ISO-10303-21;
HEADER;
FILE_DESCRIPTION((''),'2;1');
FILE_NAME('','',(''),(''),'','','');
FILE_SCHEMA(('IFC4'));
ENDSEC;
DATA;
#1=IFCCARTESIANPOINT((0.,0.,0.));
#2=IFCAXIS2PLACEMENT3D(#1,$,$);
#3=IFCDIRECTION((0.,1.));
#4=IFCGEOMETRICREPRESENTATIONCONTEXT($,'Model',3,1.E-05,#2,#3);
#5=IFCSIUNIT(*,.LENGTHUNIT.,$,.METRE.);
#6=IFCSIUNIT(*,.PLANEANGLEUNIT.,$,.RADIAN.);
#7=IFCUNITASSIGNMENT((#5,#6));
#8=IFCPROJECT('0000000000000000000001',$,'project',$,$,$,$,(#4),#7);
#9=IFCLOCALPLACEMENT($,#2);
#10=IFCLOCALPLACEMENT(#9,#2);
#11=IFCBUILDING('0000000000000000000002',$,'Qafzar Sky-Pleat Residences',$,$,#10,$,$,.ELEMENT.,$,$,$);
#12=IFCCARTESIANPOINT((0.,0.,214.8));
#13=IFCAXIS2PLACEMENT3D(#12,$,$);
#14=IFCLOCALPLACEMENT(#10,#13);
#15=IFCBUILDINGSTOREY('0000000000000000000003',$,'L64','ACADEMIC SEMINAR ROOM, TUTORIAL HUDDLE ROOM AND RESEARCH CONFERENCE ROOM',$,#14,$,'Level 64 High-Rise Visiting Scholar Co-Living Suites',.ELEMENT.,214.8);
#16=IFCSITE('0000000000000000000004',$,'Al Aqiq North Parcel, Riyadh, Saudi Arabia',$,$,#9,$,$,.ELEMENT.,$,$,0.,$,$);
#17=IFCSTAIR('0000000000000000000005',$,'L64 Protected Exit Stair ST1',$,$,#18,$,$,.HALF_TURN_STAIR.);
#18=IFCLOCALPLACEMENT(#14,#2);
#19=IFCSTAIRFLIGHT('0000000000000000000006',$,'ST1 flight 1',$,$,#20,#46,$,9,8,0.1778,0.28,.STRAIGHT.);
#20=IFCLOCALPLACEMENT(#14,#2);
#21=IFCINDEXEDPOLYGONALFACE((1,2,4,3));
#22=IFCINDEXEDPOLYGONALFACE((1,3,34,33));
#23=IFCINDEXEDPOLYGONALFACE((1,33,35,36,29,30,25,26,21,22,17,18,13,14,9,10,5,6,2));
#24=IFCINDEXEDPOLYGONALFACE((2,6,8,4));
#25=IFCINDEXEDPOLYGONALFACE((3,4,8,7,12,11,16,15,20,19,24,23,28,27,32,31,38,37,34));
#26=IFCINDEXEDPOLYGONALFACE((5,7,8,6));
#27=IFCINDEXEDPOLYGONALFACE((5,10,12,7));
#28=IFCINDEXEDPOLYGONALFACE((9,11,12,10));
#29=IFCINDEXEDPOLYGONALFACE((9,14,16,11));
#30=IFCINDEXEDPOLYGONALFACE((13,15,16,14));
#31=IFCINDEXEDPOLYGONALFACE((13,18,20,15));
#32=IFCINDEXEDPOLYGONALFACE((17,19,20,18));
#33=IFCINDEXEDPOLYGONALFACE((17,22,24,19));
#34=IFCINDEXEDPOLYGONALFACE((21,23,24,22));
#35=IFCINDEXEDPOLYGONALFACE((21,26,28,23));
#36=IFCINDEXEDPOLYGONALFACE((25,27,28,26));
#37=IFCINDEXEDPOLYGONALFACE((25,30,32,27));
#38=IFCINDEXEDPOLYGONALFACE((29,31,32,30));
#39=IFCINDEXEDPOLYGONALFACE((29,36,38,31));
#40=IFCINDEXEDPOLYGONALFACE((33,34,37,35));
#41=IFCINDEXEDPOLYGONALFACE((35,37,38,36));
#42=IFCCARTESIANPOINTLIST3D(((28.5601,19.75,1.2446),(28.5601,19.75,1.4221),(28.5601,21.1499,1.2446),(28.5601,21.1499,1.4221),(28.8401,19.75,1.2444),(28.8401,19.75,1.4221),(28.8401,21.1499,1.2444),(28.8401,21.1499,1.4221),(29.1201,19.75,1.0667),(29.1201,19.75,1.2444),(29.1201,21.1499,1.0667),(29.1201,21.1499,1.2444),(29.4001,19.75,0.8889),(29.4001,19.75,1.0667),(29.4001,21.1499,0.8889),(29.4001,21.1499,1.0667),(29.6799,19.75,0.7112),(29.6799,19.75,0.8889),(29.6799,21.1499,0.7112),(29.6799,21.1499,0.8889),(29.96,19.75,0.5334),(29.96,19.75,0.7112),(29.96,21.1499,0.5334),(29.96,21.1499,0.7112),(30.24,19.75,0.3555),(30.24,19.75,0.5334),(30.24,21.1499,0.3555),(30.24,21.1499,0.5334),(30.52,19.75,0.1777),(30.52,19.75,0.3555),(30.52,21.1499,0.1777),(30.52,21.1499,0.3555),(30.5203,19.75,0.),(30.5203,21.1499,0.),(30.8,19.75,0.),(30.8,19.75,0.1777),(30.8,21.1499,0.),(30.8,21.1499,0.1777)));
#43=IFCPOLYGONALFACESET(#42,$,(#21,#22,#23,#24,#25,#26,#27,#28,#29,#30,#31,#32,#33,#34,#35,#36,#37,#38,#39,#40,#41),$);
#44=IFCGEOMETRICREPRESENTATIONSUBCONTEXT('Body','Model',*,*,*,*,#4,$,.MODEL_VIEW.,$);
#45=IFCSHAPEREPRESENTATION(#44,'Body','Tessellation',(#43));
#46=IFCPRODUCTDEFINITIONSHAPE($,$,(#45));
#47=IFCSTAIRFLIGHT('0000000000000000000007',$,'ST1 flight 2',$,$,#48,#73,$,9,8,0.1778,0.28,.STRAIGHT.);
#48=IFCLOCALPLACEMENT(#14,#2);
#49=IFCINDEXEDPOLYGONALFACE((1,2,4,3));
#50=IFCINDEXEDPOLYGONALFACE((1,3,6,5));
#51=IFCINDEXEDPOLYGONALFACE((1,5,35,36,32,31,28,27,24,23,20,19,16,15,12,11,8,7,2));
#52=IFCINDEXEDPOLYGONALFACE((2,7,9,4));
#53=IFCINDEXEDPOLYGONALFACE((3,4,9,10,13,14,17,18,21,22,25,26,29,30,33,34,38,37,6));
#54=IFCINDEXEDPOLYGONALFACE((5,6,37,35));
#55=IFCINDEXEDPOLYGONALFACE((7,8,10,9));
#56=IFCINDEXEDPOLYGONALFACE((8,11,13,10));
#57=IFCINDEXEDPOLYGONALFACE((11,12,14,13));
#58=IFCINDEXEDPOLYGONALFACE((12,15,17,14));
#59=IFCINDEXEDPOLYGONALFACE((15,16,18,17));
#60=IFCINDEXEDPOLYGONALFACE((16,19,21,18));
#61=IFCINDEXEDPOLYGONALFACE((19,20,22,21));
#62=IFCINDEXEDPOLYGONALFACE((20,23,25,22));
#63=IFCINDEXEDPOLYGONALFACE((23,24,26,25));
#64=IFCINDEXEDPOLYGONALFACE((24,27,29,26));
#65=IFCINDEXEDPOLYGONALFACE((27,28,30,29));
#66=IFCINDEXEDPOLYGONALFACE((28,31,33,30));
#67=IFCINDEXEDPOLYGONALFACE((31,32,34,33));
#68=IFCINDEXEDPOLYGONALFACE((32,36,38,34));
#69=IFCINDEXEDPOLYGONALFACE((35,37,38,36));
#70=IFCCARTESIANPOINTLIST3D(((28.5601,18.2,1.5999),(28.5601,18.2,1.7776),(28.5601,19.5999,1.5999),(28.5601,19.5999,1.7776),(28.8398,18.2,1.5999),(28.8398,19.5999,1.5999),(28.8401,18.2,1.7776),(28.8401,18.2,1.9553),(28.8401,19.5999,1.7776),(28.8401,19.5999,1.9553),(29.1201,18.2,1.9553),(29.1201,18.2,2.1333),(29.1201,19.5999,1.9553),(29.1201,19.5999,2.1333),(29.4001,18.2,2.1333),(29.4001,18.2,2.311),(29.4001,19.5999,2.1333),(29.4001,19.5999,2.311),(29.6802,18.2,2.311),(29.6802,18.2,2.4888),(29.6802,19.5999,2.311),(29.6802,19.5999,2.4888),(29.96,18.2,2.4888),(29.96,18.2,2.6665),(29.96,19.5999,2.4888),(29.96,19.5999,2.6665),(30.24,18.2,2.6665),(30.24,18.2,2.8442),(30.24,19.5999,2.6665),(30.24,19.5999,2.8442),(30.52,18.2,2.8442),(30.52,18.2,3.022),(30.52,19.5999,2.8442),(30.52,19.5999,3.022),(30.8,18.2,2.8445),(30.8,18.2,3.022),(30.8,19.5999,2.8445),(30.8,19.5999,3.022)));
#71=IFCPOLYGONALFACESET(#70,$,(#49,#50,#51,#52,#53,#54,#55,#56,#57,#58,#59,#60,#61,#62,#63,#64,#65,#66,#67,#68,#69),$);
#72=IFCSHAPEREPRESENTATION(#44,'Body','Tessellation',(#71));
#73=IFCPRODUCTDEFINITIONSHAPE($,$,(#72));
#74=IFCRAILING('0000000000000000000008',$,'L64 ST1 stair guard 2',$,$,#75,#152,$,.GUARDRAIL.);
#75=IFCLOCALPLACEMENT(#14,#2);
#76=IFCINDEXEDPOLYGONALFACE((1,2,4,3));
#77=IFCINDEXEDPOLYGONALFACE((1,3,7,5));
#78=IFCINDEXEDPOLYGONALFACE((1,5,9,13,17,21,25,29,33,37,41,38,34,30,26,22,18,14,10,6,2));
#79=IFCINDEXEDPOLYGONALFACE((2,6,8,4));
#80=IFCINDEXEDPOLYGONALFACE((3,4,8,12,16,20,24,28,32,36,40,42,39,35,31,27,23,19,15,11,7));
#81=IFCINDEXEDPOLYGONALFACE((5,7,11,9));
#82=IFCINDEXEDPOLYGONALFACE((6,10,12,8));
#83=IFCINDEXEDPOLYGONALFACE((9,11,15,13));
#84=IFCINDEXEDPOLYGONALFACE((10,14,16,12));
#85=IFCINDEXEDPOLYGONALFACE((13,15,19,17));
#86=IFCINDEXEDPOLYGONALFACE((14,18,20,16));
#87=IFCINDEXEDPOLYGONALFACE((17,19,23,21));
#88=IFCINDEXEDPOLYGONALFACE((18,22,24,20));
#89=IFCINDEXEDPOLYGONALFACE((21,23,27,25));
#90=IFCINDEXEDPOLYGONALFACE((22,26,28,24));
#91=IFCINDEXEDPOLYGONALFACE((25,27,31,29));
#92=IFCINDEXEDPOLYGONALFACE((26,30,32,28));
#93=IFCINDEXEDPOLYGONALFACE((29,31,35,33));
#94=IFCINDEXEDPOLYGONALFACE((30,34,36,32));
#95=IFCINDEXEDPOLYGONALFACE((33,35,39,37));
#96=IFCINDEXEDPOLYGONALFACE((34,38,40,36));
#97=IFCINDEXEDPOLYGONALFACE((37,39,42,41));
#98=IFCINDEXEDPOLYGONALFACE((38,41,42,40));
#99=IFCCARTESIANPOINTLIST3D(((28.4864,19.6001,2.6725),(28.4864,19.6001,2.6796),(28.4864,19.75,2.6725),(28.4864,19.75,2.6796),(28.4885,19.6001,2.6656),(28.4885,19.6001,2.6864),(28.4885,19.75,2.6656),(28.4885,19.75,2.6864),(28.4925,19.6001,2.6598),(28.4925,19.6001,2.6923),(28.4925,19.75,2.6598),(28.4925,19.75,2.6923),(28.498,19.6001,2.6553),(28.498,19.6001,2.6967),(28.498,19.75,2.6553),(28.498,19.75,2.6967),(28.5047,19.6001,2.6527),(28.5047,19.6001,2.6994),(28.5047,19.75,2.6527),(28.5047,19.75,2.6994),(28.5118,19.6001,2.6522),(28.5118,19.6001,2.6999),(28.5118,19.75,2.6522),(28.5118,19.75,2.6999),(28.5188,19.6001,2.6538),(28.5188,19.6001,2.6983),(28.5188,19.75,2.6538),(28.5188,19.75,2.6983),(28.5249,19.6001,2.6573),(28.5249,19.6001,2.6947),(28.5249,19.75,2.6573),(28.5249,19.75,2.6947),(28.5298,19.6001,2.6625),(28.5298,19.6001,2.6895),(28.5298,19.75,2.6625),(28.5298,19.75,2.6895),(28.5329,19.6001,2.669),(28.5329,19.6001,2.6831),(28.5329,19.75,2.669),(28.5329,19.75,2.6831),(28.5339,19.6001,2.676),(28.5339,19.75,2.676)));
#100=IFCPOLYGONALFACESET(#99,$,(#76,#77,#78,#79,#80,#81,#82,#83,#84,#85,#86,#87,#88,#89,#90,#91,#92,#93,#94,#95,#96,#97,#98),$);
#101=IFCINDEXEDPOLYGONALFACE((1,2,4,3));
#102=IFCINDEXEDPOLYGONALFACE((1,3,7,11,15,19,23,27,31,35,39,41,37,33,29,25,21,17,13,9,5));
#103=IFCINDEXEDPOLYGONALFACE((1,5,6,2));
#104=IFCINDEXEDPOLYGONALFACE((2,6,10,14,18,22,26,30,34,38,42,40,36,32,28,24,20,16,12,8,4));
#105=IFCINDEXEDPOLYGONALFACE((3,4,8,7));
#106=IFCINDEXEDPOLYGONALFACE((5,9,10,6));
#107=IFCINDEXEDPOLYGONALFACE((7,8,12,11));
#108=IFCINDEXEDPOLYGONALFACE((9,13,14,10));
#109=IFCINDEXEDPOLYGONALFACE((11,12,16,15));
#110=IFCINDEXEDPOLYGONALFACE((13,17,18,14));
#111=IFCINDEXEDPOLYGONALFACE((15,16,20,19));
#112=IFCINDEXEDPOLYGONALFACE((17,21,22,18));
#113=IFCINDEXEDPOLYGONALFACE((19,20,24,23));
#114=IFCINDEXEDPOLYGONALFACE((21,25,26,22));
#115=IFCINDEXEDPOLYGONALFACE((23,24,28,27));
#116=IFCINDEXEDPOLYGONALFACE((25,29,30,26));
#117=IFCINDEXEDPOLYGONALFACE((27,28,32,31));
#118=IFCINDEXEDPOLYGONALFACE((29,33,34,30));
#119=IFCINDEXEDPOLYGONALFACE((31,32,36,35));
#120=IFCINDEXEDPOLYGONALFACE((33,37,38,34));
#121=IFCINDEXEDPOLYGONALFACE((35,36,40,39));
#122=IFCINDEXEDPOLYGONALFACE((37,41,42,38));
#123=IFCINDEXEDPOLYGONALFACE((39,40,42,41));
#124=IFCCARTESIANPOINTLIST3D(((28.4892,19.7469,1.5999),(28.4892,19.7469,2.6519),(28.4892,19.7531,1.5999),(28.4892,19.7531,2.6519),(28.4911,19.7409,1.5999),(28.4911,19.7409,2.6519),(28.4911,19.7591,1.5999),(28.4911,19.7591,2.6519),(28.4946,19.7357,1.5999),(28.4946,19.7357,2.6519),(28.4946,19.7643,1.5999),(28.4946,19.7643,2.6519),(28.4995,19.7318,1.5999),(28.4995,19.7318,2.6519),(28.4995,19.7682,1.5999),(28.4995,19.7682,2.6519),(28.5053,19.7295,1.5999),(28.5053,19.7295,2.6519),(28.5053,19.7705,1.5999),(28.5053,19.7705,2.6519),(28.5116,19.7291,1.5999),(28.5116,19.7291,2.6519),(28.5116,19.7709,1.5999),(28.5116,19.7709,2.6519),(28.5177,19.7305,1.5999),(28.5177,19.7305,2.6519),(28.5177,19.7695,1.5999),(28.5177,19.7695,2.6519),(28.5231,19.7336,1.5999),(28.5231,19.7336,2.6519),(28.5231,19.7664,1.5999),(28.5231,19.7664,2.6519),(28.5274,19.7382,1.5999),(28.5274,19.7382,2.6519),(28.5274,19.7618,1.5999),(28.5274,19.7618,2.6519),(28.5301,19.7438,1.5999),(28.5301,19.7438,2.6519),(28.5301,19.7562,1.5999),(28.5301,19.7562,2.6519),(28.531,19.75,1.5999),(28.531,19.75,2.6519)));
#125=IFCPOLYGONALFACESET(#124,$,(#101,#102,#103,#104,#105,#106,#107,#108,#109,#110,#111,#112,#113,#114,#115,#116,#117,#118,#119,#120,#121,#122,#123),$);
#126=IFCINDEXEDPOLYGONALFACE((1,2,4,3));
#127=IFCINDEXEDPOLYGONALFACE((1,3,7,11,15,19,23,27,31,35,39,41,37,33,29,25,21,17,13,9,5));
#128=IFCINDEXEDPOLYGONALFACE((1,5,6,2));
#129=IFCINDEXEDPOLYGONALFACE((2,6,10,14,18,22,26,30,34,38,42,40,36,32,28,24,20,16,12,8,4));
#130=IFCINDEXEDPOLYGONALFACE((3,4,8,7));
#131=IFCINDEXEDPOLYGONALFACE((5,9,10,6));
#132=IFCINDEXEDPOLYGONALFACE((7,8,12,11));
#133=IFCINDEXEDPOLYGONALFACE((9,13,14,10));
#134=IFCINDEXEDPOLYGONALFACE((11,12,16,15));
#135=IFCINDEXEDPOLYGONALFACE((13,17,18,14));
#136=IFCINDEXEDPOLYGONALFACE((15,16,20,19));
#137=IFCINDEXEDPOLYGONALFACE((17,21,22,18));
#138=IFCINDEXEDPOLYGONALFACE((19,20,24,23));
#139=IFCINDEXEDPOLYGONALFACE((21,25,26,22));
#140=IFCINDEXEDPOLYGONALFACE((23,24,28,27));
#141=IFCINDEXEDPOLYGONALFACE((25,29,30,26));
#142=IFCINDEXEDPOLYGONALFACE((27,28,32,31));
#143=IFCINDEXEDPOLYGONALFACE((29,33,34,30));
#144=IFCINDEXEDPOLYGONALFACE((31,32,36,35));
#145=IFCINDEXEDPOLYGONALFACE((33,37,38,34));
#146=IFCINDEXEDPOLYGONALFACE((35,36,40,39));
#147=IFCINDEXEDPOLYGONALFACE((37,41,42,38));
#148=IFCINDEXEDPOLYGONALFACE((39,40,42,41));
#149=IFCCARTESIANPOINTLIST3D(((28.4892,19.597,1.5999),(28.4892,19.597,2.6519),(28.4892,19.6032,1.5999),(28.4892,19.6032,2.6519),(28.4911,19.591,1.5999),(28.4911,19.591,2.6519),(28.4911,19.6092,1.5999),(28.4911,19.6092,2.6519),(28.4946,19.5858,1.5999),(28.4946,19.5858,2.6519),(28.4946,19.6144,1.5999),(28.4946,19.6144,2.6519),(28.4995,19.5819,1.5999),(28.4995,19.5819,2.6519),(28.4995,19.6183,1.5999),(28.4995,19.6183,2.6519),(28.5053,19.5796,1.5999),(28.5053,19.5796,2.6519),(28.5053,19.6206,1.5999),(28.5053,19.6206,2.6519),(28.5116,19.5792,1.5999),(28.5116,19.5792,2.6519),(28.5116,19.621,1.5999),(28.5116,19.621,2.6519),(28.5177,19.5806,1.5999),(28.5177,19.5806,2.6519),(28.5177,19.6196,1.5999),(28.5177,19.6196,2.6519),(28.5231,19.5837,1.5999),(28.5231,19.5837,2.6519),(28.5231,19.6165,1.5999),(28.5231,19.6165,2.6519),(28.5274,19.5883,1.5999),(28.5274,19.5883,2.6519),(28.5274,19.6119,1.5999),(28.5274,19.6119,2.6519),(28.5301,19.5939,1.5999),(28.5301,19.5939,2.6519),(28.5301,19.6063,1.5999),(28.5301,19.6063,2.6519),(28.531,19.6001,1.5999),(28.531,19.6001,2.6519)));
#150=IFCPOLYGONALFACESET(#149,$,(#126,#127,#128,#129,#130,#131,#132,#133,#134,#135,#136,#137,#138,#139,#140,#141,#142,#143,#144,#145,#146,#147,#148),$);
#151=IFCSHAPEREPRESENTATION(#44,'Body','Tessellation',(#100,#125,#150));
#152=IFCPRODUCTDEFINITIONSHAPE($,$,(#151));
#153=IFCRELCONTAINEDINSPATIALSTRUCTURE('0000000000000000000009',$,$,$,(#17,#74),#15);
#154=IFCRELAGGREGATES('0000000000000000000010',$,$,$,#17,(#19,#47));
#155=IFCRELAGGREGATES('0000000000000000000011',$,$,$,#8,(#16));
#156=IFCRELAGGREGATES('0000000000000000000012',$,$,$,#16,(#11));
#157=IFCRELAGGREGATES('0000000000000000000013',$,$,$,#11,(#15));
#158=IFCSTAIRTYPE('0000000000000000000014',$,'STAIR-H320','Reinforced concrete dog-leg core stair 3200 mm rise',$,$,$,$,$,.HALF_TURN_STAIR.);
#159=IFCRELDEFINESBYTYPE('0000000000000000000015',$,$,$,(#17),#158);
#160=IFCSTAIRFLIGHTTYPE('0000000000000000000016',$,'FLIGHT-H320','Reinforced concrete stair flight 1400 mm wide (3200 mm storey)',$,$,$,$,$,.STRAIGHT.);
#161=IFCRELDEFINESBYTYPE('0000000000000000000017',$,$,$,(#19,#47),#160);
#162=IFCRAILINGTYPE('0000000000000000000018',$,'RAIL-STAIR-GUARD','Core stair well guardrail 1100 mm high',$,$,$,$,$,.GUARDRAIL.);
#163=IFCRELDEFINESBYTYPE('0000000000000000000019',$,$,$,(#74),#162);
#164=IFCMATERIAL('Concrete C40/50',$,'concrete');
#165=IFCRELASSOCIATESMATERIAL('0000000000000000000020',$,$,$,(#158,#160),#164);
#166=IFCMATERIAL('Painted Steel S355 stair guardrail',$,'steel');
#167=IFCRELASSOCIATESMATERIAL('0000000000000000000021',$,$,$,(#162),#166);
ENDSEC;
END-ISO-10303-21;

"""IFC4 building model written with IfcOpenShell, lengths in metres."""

from ifc_helpers import new_model, si_unit, direction, frame, origin, origin_2d, place, context, subcontext, project, spatial, polyline, circle, outline, extrude, source, transform, mapped, material, type_object, element, aggregate, save


model = new_model("IFC4")

# Units and contexts
model_context = context("Model", 3, precision=1e-05, world=origin(), true_north=direction((0.0, 1.0)))
body_context = subcontext(model_context, "Body", "Model", "MODEL_VIEW")
ifc_project = project(units=[si_unit("LENGTHUNIT", "METRE"), si_unit("PLANEANGLEUNIT", "RADIAN")], contexts=[model_context])

# Site, building, storey
site_placement = place(None, origin())
site = spatial("IfcSite", under=ifc_project, at=site_placement, Name="Al Aqiq North Parcel, Riyadh, Saudi Arabia", CompositionType="ELEMENT", RefElevation=0.0)
building_placement = place(site_placement, origin())
building = spatial("IfcBuilding", under=site, at=building_placement, Name="Qafzar Sky-Pleat Residences", CompositionType="ELEMENT")
storey_placement = place(building_placement, frame((0.0, 0.0, 214.8)))
storey = spatial("IfcBuildingStorey", under=building, at=storey_placement, Name="L64", Description="ACADEMIC SEMINAR ROOM, TUTORIAL HUDDLE ROOM AND RESEARCH CONFERENCE ROOM", LongName="Level 64 High-Rise Visiting Scholar Co-Living Suites", CompositionType="ELEMENT", Elevation=214.8)

# Stair, stair flights
ifc_material_1 = material(Name="Concrete C40/50", Category="concrete")
stair_type = type_object("IfcStairType", Name="STAIR-H320", Description="Reinforced concrete dog-leg core stair 3200 mm rise", PredefinedType="HALF_TURN_STAIR", material=ifc_material_1)
stair_placement = place(storey_placement, origin())
stair = element("IfcStair", 1, at=stair_placement, inside=storey, type_object=stair_type, Name="L64 Protected Exit Stair ST1", PredefinedType="HALF_TURN_STAIR")
stair_flight_type = type_object("IfcStairFlightType", Name="FLIGHT-H320", Description="Reinforced concrete stair flight 1400 mm wide (3200 mm storey)", PredefinedType="STRAIGHT", material=ifc_material_1)
shared_shape_1 = source(origin(), body_context, "Body", "SweptSolid", [
    extrude(outline(polyline([(0.0, 0.0), (0.0, 0.1777), (0.28, 0.1777), (0.28, 0.3555), (0.5601, 0.3555), (0.5601, 0.5334), (0.8401, 0.5334), (0.8401, 0.7112), (1.1201, 0.7112), (1.1201, 0.8889), (1.3999, 0.8889), (1.3999, 1.0667), (1.6799, 1.0667), (1.6799, 1.2444), (1.96, 1.2444), (1.96, 1.4221), (2.24, 1.4221), (2.24, 1.6001), (2.24, 1.2446), (0.2798, 0.0), (0.0, 0.0)])), frame((0.0, 0.7, 0.0), z_axis=(0.0, -1.0, 0.0), x_axis=(1.0, 0.0, 0.0)), (0.0, 0.0, 1.0), 1.3999),
])
stair_flight_1_placement = place(storey_placement, frame((30.8, 20.45, 0.0), z_axis=(0.0, 0.0, 1.0), x_axis=(-1.0, 0.0, 0.0)))
stair_flight_1 = element("IfcStairFlight", 2, at=stair_flight_1_placement, type_object=stair_flight_type, Name="ST1 flight 1", NumberOfRisers=9, NumberOfTreads=8, PredefinedType="STRAIGHT", RiserHeight=0.1778, TreadLength=0.28, context=body_context, shape_type="MappedRepresentation", body=[
    mapped(shared_shape_1, transform((0.0, 0.0, 0.0), x_axis=(1.0, 0.0, 0.0), y_axis=(0.0, 1.0, 0.0), z_axis=(0.0, 0.0, 1.0), scale=1.0)),
])
stair_flight_2_placement = place(storey_placement, frame((28.5601, 18.8999, 1.5999), z_axis=(0.0, 0.0, 1.0), x_axis=(1.0, 0.0, 0.0)))
stair_flight_2 = element("IfcStairFlight", 3, at=stair_flight_2_placement, type_object=stair_flight_type, Name="ST1 flight 2", NumberOfRisers=9, NumberOfTreads=8, PredefinedType="STRAIGHT", RiserHeight=0.1778, TreadLength=0.28, context=body_context, shape_type="MappedRepresentation", body=[
    mapped(shared_shape_1, transform((0.0, 0.0, 0.0), x_axis=(1.0, 0.0, 0.0), y_axis=(0.0, 1.0, 0.0), z_axis=(0.0, 0.0, 1.0), scale=1.0)),
])
aggregate(stair, [stair_flight_1, stair_flight_2])

# Railing
ifc_material_2 = material(Name="Painted Steel S355 stair guardrail", Category="steel")
railing_type_1 = type_object("IfcRailingType", Name="RAIL-STAIR-GUARD", Description="Core stair well guardrail 1100 mm high", PredefinedType="GUARDRAIL", material=ifc_material_2)
shared_shape_2 = source(origin(), body_context, "Body", "SweptSolid", [
    extrude(circle(Radius=0.0239, at=origin_2d()), frame((0.0, 0.0, 1.0762), z_axis=(0.0, -1.0, 0.0), x_axis=(1.0, 0.0, 0.0)), (0.0, 0.0, 1.0), 0.1499),
    extrude(circle(Radius=0.021, at=origin_2d()), origin(), (0.0, 0.0, 1.0), 1.052),
    extrude(circle(Radius=0.021, at=origin_2d()), frame((0.0, -0.1499, 0.0)), (0.0, 0.0, 1.0), 1.052),
])
for number, where, name in (
    (4, (28.51, 19.75, 1.5999), "L64 ST1 stair guard 2"),
):
    element("IfcRailing", number, at=place(storey_placement, frame(where)), inside=storey, type_object=railing_type_1, Name=name, PredefinedType="GUARDRAIL", context=body_context, shape_type="MappedRepresentation", body=[
        mapped(shared_shape_2, transform((0.0, 0.0, 0.0), x_axis=(1.0, 0.0, 0.0), y_axis=(0.0, 1.0, 0.0), z_axis=(0.0, 0.0, 1.0), scale=1.0)),
    ])

save(model, "model.ifc")
